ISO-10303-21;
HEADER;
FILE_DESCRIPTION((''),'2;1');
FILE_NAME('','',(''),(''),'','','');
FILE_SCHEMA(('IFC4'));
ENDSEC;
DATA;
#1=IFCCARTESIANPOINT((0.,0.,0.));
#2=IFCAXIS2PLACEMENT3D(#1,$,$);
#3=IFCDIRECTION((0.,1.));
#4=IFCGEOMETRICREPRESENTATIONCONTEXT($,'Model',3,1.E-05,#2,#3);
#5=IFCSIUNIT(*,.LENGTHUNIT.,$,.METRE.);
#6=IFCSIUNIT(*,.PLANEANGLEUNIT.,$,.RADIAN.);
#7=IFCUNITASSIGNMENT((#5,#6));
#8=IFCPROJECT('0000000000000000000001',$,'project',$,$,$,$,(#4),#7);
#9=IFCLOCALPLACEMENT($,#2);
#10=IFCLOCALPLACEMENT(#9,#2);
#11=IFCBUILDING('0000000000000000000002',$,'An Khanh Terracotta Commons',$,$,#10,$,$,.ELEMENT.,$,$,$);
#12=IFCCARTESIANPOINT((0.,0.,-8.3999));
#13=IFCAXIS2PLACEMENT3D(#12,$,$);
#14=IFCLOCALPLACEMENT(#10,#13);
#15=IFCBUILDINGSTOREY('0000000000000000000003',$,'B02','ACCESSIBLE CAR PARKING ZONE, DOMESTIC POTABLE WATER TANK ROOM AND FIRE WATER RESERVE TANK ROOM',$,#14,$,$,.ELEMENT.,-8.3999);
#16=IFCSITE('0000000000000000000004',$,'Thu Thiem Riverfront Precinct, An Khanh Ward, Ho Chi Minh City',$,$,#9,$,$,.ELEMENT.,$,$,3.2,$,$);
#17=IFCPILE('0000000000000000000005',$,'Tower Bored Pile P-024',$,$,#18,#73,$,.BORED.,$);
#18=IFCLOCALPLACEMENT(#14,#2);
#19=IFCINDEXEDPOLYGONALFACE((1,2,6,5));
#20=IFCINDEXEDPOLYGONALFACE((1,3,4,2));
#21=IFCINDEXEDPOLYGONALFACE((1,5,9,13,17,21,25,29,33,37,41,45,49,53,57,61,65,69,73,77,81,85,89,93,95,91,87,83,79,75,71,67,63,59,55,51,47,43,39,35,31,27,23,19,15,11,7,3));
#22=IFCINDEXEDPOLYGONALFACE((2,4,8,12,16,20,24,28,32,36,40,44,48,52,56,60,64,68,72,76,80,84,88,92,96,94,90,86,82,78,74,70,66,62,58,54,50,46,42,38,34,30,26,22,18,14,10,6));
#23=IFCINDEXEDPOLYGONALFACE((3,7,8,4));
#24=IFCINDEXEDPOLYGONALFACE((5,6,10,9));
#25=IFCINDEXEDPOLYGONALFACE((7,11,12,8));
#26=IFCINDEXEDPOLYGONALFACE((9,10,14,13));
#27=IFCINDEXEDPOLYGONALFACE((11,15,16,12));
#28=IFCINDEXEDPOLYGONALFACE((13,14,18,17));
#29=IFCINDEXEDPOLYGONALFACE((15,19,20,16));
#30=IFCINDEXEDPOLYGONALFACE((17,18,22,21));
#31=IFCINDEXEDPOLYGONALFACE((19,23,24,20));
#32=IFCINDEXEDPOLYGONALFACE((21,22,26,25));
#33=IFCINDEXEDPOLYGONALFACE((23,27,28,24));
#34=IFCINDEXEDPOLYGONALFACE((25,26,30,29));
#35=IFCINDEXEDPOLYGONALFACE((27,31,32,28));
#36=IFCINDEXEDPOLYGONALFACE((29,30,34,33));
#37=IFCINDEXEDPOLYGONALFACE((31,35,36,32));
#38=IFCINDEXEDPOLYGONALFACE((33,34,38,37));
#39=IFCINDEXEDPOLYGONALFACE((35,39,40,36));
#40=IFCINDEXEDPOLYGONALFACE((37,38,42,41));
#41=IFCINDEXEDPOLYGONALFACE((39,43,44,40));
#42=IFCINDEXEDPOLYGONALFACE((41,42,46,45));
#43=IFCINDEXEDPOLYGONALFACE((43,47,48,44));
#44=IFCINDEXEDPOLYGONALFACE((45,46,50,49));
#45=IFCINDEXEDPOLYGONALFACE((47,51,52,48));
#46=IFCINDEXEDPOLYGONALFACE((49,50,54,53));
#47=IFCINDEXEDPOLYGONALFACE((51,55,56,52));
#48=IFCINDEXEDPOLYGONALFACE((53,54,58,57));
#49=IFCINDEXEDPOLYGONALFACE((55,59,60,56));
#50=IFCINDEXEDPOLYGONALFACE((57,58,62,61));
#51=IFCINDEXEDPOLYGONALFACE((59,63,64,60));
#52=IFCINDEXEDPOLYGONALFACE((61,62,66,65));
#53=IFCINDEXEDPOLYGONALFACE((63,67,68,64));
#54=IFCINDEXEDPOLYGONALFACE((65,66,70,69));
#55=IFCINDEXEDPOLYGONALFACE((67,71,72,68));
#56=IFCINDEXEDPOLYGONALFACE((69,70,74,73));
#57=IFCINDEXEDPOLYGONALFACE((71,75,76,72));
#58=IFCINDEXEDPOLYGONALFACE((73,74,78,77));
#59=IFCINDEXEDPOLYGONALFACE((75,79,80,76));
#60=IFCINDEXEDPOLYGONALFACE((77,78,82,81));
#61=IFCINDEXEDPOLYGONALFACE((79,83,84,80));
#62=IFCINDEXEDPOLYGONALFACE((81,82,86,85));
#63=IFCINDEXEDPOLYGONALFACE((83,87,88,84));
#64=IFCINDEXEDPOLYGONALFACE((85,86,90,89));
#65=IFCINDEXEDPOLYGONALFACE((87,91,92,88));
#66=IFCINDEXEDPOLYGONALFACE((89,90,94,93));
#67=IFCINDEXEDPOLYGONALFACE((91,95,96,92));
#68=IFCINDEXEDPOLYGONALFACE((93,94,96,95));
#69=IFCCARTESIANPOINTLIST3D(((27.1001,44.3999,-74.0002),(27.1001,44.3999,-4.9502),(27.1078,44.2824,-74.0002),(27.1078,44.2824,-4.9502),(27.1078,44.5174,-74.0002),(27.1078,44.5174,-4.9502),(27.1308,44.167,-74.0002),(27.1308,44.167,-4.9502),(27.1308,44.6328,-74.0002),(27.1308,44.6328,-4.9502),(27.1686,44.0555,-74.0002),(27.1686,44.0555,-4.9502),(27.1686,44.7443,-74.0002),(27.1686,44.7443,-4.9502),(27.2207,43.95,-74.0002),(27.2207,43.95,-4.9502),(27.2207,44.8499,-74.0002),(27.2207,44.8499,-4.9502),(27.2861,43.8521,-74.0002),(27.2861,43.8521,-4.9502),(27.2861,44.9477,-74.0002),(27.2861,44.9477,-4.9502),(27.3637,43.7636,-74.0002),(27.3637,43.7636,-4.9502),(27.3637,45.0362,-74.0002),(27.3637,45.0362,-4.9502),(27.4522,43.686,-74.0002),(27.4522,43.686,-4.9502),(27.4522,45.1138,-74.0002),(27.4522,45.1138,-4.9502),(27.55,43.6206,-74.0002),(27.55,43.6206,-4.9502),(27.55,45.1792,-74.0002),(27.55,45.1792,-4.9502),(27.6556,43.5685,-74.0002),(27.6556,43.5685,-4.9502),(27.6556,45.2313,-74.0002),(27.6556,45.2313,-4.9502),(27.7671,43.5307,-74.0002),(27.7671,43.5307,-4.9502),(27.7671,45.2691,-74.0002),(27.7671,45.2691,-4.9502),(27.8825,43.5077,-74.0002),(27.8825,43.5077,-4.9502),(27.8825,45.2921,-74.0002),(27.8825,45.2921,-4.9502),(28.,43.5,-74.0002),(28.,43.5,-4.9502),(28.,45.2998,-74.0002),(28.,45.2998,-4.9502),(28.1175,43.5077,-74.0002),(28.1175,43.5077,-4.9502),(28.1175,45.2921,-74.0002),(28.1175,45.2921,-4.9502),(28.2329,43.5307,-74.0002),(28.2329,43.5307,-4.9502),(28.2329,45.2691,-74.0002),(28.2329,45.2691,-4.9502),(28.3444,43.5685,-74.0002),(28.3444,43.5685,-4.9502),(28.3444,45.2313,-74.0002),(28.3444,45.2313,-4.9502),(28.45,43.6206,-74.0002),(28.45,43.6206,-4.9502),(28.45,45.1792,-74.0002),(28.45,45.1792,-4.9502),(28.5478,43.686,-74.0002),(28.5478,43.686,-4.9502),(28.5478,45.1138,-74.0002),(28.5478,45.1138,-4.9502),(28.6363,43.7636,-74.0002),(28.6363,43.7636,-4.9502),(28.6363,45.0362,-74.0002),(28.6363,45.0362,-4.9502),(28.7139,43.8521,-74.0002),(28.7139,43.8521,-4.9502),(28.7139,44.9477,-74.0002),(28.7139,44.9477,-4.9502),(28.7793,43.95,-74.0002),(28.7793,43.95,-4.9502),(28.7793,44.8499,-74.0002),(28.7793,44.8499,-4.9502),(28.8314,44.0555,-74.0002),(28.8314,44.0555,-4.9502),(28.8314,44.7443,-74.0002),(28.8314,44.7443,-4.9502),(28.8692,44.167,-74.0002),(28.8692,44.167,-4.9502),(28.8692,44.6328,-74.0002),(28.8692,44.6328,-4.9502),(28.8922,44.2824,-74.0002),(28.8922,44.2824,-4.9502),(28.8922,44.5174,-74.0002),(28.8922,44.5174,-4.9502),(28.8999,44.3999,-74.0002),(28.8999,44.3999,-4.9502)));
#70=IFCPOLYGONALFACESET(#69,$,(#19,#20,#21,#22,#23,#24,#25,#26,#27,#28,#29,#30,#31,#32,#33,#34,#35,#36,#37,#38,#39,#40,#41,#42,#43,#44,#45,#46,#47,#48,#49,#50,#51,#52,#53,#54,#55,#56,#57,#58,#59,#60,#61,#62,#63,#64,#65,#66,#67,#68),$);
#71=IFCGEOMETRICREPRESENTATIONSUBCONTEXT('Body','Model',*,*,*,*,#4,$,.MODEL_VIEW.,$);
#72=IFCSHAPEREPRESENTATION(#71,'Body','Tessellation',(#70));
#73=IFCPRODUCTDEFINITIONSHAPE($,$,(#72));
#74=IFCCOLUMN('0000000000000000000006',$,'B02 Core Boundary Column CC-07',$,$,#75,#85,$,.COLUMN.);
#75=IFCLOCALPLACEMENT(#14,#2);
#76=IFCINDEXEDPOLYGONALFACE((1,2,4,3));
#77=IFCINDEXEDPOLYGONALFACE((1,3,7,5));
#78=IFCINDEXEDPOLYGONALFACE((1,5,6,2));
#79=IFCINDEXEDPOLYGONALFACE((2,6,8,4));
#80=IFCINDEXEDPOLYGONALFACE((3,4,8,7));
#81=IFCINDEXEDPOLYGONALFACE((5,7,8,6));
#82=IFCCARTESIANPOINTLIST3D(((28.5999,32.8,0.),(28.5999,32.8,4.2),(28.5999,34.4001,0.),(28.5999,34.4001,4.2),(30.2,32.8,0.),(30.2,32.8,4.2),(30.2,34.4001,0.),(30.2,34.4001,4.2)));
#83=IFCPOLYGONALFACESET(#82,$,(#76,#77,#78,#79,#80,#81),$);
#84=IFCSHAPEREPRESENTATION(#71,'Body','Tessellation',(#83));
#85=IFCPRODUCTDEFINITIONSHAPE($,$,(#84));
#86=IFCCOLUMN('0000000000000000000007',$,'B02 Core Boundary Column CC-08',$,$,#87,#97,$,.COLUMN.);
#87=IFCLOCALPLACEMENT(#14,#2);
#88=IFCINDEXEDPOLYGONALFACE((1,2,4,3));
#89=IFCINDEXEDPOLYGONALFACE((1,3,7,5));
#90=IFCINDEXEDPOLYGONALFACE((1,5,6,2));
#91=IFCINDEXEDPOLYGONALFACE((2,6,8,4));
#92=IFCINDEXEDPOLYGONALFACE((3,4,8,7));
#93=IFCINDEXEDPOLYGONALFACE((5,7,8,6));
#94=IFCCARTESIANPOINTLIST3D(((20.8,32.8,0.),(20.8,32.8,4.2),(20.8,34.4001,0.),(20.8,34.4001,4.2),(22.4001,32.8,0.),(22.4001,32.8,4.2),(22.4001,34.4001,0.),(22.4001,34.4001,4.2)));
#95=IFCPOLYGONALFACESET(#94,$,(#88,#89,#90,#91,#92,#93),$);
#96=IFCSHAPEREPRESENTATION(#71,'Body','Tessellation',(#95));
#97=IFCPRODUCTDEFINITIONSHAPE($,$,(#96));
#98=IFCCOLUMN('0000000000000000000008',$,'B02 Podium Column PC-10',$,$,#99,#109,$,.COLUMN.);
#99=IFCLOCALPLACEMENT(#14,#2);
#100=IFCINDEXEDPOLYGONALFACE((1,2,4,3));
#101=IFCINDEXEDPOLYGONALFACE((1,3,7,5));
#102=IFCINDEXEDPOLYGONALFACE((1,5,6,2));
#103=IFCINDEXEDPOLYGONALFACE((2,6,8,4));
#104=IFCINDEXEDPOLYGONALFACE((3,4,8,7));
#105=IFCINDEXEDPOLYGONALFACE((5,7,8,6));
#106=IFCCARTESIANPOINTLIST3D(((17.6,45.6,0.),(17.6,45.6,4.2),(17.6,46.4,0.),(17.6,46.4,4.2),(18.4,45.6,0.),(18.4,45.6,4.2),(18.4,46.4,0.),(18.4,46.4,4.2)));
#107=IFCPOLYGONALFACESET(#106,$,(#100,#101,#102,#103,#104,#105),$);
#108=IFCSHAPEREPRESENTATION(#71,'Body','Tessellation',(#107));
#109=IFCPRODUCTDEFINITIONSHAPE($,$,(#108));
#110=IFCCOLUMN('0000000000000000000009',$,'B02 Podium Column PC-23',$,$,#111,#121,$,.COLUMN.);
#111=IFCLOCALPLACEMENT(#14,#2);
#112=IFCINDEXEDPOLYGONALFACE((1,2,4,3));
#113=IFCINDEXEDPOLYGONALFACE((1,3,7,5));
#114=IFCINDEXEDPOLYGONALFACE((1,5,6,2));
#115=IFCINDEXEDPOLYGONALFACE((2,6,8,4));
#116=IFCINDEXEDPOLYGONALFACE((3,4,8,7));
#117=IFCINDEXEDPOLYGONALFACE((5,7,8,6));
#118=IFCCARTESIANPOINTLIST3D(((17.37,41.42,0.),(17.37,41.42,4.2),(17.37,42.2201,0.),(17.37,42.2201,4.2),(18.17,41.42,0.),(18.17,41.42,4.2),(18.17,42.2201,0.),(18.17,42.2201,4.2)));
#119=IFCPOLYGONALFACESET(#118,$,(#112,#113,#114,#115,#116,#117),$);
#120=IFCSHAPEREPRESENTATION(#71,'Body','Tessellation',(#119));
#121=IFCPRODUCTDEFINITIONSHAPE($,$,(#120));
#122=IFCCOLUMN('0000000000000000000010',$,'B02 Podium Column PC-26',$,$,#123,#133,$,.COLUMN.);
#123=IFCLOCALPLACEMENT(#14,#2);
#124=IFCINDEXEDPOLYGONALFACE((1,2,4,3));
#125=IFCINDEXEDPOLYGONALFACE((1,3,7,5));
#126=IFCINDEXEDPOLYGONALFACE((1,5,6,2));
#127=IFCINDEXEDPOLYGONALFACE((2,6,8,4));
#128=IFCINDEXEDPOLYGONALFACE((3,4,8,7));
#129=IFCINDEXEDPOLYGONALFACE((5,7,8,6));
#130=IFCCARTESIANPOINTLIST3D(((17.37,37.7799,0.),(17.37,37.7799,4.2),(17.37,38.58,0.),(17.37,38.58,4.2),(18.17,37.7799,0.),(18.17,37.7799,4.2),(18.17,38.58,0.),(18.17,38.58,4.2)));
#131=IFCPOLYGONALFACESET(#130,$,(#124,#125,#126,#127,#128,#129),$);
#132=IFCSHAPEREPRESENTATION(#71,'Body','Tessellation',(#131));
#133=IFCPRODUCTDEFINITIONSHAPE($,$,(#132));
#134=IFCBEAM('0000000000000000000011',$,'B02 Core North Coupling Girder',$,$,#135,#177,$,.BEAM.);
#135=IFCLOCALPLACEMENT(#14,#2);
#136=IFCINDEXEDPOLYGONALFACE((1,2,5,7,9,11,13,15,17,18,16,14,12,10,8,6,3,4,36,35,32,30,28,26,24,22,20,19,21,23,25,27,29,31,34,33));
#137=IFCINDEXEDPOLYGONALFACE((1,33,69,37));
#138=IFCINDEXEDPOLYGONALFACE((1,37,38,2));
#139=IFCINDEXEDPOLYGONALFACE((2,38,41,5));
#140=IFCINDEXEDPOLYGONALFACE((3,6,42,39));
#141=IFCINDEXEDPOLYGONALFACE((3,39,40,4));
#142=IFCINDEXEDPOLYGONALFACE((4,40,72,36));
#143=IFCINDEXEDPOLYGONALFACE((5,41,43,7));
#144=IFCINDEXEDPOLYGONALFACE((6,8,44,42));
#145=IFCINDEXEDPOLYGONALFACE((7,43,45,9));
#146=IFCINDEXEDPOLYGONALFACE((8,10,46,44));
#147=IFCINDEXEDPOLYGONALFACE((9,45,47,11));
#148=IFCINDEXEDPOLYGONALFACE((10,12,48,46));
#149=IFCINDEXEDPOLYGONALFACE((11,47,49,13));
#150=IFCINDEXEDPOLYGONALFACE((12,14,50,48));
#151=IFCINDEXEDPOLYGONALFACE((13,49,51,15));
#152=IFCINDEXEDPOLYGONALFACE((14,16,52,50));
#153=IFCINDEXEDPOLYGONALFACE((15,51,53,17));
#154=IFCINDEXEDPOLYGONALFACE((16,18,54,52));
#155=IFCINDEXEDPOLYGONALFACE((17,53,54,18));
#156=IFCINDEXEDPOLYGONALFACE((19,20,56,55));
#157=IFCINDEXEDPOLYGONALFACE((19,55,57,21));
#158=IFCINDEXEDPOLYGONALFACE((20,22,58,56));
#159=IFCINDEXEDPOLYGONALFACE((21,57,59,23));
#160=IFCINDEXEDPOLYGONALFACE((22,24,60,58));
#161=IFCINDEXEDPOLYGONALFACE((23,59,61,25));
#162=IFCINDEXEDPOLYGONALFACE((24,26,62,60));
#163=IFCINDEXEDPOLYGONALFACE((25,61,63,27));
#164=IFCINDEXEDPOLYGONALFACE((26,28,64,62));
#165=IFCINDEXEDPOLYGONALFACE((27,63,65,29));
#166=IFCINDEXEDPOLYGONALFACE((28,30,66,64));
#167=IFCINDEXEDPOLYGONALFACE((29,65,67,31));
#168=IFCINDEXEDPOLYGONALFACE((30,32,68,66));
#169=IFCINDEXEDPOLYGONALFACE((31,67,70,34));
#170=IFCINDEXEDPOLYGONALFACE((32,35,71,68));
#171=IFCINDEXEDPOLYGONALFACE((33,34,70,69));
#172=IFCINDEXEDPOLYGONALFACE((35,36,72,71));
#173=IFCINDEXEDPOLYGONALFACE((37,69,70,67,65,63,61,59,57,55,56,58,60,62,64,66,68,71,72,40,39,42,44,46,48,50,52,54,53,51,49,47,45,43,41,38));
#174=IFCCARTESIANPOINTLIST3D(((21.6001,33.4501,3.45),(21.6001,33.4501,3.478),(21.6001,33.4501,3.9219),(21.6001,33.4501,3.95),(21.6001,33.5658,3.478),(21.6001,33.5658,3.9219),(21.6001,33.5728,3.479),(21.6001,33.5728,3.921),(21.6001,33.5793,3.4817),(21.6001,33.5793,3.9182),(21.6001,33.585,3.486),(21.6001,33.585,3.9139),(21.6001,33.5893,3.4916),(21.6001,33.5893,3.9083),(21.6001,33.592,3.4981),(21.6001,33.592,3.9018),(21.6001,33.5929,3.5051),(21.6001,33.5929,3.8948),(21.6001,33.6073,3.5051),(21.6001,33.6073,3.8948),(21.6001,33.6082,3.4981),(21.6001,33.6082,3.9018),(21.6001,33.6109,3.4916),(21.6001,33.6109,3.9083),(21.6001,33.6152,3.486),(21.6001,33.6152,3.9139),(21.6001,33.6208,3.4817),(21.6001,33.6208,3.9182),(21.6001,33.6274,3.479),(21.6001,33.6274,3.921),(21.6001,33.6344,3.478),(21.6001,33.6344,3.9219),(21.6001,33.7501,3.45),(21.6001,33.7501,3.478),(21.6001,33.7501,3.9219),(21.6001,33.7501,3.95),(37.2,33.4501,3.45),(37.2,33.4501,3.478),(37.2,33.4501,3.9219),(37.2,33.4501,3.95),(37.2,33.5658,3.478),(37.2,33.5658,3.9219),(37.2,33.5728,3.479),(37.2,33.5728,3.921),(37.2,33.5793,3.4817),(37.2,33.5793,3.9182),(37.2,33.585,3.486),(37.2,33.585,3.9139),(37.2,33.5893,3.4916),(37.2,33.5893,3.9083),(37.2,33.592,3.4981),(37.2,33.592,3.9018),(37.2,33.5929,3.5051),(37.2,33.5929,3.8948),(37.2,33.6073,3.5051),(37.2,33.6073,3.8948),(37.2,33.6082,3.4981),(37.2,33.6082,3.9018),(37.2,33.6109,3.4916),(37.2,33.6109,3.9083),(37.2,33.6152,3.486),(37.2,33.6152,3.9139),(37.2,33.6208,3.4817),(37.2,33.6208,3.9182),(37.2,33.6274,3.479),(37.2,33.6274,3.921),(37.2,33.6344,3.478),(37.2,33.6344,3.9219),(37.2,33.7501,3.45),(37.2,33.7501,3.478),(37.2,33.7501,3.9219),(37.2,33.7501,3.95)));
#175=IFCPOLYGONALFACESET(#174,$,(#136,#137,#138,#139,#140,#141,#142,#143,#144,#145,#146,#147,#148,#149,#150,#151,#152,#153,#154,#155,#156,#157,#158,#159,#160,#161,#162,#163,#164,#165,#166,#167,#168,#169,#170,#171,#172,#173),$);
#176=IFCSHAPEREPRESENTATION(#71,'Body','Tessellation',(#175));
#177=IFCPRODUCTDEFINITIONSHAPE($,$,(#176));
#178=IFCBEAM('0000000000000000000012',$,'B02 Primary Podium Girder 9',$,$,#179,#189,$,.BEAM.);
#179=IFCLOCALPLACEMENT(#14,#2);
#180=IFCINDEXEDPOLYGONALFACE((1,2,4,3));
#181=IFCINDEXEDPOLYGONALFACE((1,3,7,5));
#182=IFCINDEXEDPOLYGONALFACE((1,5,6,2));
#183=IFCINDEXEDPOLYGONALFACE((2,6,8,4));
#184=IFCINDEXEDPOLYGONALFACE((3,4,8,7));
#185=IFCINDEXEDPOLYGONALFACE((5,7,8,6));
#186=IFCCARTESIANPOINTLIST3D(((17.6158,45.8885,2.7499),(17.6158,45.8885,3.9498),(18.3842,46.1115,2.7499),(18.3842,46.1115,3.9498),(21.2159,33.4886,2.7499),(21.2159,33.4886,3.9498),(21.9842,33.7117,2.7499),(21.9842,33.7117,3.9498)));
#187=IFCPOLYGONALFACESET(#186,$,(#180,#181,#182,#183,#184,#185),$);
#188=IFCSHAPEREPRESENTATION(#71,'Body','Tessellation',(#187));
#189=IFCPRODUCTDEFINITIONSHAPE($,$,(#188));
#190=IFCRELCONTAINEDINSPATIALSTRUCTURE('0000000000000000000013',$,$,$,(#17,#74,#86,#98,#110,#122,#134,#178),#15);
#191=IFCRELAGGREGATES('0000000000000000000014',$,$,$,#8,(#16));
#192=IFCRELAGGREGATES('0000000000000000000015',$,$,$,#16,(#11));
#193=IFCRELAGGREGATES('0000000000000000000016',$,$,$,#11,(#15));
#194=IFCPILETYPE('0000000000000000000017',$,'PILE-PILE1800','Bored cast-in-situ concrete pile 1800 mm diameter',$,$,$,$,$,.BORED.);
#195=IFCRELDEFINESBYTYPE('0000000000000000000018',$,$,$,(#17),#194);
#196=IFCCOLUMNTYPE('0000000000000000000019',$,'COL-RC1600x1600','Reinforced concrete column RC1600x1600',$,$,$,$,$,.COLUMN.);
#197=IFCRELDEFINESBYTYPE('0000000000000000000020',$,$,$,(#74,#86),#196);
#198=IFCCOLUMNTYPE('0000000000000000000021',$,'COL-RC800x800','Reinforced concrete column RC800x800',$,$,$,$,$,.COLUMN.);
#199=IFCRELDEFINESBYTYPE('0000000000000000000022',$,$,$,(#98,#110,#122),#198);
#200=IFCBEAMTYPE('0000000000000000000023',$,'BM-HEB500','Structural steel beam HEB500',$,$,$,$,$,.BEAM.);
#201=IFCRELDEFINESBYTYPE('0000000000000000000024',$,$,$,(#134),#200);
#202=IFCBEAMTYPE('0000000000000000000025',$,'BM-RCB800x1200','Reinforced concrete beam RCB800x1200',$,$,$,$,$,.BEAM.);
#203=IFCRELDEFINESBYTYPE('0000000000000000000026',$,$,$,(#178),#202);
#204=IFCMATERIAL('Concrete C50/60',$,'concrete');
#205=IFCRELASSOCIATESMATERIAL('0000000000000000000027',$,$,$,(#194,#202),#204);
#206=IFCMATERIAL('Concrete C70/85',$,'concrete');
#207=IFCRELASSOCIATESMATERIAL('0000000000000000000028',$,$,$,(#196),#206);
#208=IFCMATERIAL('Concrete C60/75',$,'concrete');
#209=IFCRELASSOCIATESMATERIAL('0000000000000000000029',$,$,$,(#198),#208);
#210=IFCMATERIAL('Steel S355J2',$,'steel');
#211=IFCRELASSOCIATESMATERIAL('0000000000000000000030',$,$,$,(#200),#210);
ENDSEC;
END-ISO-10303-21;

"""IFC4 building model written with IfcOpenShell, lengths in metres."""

from ifc_helpers import new_model, si_unit, direction, frame, origin, origin_2d, place, context, subcontext, project, spatial, rectangle, circle, i_section, extrude, material, material_profile, profile_set, type_object, element, save


model = new_model("IFC4")

# Units and contexts
model_context = context("Model", 3, precision=1e-05, world=origin(), true_north=direction((0.0, 1.0)))
body_context = subcontext(model_context, "Body", "Model", "MODEL_VIEW")
ifc_project = project(units=[si_unit("LENGTHUNIT", "METRE"), si_unit("PLANEANGLEUNIT", "RADIAN")], contexts=[model_context])

# Site, building, storey
site_placement = place(None, origin())
site = spatial("IfcSite", under=ifc_project, at=site_placement, Name="Thu Thiem Riverfront Precinct, An Khanh Ward, Ho Chi Minh City", CompositionType="ELEMENT", RefElevation=3.2)
building_placement = place(site_placement, origin())
building = spatial("IfcBuilding", under=site, at=building_placement, Name="An Khanh Terracotta Commons", CompositionType="ELEMENT")
storey_placement = place(building_placement, frame((0.0, 0.0, -8.3999)))
storey = spatial("IfcBuildingStorey", under=building, at=storey_placement, Name="B02", Description="ACCESSIBLE CAR PARKING ZONE, DOMESTIC POTABLE WATER TANK ROOM AND FIRE WATER RESERVE TANK ROOM", CompositionType="ELEMENT", Elevation=-8.3999)

# Shared definitions
ifc_material_1 = material(Name="Concrete C50/60", Category="concrete")

# Pile
ifc_material_profile_1 = material_profile(ifc_material_1, circle(Radius=0.8999, at=origin_2d()), Name="PILE1800")
ifc_profile_set_1 = profile_set([ifc_material_profile_1], Name="Concrete C50/60")
pile_type = type_object("IfcPileType", Name="PILE-PILE1800", Description="Bored cast-in-situ concrete pile 1800 mm diameter", PredefinedType="BORED", material=ifc_profile_set_1)
for number, where, z_axis, x_axis, name in (
    (1, (28.0, 44.3999, -4.9502), (0.0, 0.0, -1.0), (1.0, 0.0, 0.0), "Tower Bored Pile P-024"),
):
    element("IfcPile", number, at=place(storey_placement, frame(where, z_axis=z_axis, x_axis=x_axis)), inside=storey, type_object=pile_type, Name=name, PredefinedType="BORED", context=body_context, shape_type="SweptSolid", body=[
        extrude(circle(Radius=0.8999, at=origin_2d()), origin(), (0.0, 0.0, 1.0), 69.05),
    ])

# Columns
ifc_material_2 = material(Name="Concrete C70/85", Category="concrete")
ifc_material_profile_2 = material_profile(ifc_material_2, rectangle(XDim=1.6001, YDim=1.6001, at=origin_2d()), Name="RC1600x1600")
ifc_profile_set_2 = profile_set([ifc_material_profile_2], Name="Concrete C70/85")
column_type_1 = type_object("IfcColumnType", Name="COL-RC1600x1600", Description="Reinforced concrete column RC1600x1600", PredefinedType="COLUMN", material=ifc_profile_set_2)
for number, where, z_axis, x_axis, name in (
    (2, (29.3999, 33.6001, 0.0), (0.0, 0.0, 1.0), (1.0, 0.0, 0.0), "B02 Core Boundary Column CC-07"),
    (3, (21.6001, 33.6001, 0.0), (0.0, 0.0, 1.0), (1.0, 0.0, 0.0), "B02 Core Boundary Column CC-08"),
):
    element("IfcColumn", number, at=place(storey_placement, frame(where, z_axis=z_axis, x_axis=x_axis)), inside=storey, type_object=column_type_1, Name=name, PredefinedType="COLUMN", context=body_context, shape_type="SweptSolid", body=[
        extrude(rectangle(XDim=1.6001, YDim=1.6001, at=origin_2d()), origin(), (0.0, 0.0, 1.0), 4.2),
    ])
ifc_material_3 = material(Name="Concrete C60/75", Category="concrete")
ifc_material_profile_3 = material_profile(ifc_material_3, rectangle(XDim=0.8, YDim=0.8, at=origin_2d()), Name="RC800x800")
ifc_profile_set_3 = profile_set([ifc_material_profile_3], Name="Concrete C60/75")
column_type_2 = type_object("IfcColumnType", Name="COL-RC800x800", Description="Reinforced concrete column RC800x800", PredefinedType="COLUMN", material=ifc_profile_set_3)
for number, where, z_axis, x_axis, name in (
    (4, (18.0, 46.0, 0.0), (0.0, 0.0, 1.0), (1.0, 0.0, 0.0), "B02 Podium Column PC-10"),
    (5, (17.77, 41.8201, 0.0), (0.0, 0.0, 1.0), (1.0, 0.0, 0.0), "B02 Podium Column PC-23"),
    (6, (17.77, 38.1799, 0.0), (0.0, 0.0, 1.0), (1.0, 0.0, 0.0), "B02 Podium Column PC-26"),
):
    element("IfcColumn", number, at=place(storey_placement, frame(where, z_axis=z_axis, x_axis=x_axis)), inside=storey, type_object=column_type_2, Name=name, PredefinedType="COLUMN", context=body_context, shape_type="SweptSolid", body=[
        extrude(rectangle(XDim=0.8, YDim=0.8, at=origin_2d()), origin(), (0.0, 0.0, 1.0), 4.2),
    ])

# Beams
ifc_material_4 = material(Name="Steel S355J2", Category="steel")
ifc_material_profile_4 = material_profile(ifc_material_4, i_section(OverallWidth=0.3, OverallDepth=0.5, WebThickness=0.0144, FlangeThickness=0.0281, FilletRadius=0.0271, at=origin_2d()), Name="HEB500")
ifc_profile_set_4 = profile_set([ifc_material_profile_4], Name="Steel S355J2")
beam_type_1 = type_object("IfcBeamType", Name="BM-HEB500", Description="Structural steel beam HEB500", PredefinedType="BEAM", material=ifc_profile_set_4)
beam_1_placement = place(storey_placement, frame((21.6001, 33.6001, 3.7), z_axis=(1.0, 0.0, 0.0), x_axis=(0.0, 1.0, 0.0)))
element("IfcBeam", 7, at=beam_1_placement, inside=storey, type_object=beam_type_1, Name="B02 Core North Coupling Girder", PredefinedType="BEAM", context=body_context, shape_type="SweptSolid", body=[
    extrude(i_section(OverallWidth=0.3, OverallDepth=0.5, WebThickness=0.0144, FlangeThickness=0.0281, FilletRadius=0.0271, at=origin_2d()), origin(), (0.0, 0.0, 1.0), 15.5999),
])
ifc_material_profile_5 = material_profile(ifc_material_1, rectangle(XDim=0.8, YDim=1.2, at=origin_2d()), Name="RCB800x1200")
ifc_profile_set_5 = profile_set([ifc_material_profile_5], Name="Concrete C50/60")
beam_type_2 = type_object("IfcBeamType", Name="BM-RCB800x1200", Description="Reinforced concrete beam RCB800x1200", PredefinedType="BEAM", material=ifc_profile_set_5)
beam_2_placement = place(storey_placement, frame((18.0, 46.0, 3.3499), z_axis=(0.278819, -0.960344, 0.0), x_axis=(0.960344, 0.278819, 0.0)))
element("IfcBeam", 8, at=beam_2_placement, inside=storey, type_object=beam_type_2, Name="B02 Primary Podium Girder 9", PredefinedType="BEAM", context=body_context, shape_type="SweptSolid", body=[
    extrude(rectangle(XDim=0.8, YDim=1.2, at=origin_2d()), origin(), (0.0, 0.0, 1.0), 12.9119),
])

save(model, "model.ifc")
